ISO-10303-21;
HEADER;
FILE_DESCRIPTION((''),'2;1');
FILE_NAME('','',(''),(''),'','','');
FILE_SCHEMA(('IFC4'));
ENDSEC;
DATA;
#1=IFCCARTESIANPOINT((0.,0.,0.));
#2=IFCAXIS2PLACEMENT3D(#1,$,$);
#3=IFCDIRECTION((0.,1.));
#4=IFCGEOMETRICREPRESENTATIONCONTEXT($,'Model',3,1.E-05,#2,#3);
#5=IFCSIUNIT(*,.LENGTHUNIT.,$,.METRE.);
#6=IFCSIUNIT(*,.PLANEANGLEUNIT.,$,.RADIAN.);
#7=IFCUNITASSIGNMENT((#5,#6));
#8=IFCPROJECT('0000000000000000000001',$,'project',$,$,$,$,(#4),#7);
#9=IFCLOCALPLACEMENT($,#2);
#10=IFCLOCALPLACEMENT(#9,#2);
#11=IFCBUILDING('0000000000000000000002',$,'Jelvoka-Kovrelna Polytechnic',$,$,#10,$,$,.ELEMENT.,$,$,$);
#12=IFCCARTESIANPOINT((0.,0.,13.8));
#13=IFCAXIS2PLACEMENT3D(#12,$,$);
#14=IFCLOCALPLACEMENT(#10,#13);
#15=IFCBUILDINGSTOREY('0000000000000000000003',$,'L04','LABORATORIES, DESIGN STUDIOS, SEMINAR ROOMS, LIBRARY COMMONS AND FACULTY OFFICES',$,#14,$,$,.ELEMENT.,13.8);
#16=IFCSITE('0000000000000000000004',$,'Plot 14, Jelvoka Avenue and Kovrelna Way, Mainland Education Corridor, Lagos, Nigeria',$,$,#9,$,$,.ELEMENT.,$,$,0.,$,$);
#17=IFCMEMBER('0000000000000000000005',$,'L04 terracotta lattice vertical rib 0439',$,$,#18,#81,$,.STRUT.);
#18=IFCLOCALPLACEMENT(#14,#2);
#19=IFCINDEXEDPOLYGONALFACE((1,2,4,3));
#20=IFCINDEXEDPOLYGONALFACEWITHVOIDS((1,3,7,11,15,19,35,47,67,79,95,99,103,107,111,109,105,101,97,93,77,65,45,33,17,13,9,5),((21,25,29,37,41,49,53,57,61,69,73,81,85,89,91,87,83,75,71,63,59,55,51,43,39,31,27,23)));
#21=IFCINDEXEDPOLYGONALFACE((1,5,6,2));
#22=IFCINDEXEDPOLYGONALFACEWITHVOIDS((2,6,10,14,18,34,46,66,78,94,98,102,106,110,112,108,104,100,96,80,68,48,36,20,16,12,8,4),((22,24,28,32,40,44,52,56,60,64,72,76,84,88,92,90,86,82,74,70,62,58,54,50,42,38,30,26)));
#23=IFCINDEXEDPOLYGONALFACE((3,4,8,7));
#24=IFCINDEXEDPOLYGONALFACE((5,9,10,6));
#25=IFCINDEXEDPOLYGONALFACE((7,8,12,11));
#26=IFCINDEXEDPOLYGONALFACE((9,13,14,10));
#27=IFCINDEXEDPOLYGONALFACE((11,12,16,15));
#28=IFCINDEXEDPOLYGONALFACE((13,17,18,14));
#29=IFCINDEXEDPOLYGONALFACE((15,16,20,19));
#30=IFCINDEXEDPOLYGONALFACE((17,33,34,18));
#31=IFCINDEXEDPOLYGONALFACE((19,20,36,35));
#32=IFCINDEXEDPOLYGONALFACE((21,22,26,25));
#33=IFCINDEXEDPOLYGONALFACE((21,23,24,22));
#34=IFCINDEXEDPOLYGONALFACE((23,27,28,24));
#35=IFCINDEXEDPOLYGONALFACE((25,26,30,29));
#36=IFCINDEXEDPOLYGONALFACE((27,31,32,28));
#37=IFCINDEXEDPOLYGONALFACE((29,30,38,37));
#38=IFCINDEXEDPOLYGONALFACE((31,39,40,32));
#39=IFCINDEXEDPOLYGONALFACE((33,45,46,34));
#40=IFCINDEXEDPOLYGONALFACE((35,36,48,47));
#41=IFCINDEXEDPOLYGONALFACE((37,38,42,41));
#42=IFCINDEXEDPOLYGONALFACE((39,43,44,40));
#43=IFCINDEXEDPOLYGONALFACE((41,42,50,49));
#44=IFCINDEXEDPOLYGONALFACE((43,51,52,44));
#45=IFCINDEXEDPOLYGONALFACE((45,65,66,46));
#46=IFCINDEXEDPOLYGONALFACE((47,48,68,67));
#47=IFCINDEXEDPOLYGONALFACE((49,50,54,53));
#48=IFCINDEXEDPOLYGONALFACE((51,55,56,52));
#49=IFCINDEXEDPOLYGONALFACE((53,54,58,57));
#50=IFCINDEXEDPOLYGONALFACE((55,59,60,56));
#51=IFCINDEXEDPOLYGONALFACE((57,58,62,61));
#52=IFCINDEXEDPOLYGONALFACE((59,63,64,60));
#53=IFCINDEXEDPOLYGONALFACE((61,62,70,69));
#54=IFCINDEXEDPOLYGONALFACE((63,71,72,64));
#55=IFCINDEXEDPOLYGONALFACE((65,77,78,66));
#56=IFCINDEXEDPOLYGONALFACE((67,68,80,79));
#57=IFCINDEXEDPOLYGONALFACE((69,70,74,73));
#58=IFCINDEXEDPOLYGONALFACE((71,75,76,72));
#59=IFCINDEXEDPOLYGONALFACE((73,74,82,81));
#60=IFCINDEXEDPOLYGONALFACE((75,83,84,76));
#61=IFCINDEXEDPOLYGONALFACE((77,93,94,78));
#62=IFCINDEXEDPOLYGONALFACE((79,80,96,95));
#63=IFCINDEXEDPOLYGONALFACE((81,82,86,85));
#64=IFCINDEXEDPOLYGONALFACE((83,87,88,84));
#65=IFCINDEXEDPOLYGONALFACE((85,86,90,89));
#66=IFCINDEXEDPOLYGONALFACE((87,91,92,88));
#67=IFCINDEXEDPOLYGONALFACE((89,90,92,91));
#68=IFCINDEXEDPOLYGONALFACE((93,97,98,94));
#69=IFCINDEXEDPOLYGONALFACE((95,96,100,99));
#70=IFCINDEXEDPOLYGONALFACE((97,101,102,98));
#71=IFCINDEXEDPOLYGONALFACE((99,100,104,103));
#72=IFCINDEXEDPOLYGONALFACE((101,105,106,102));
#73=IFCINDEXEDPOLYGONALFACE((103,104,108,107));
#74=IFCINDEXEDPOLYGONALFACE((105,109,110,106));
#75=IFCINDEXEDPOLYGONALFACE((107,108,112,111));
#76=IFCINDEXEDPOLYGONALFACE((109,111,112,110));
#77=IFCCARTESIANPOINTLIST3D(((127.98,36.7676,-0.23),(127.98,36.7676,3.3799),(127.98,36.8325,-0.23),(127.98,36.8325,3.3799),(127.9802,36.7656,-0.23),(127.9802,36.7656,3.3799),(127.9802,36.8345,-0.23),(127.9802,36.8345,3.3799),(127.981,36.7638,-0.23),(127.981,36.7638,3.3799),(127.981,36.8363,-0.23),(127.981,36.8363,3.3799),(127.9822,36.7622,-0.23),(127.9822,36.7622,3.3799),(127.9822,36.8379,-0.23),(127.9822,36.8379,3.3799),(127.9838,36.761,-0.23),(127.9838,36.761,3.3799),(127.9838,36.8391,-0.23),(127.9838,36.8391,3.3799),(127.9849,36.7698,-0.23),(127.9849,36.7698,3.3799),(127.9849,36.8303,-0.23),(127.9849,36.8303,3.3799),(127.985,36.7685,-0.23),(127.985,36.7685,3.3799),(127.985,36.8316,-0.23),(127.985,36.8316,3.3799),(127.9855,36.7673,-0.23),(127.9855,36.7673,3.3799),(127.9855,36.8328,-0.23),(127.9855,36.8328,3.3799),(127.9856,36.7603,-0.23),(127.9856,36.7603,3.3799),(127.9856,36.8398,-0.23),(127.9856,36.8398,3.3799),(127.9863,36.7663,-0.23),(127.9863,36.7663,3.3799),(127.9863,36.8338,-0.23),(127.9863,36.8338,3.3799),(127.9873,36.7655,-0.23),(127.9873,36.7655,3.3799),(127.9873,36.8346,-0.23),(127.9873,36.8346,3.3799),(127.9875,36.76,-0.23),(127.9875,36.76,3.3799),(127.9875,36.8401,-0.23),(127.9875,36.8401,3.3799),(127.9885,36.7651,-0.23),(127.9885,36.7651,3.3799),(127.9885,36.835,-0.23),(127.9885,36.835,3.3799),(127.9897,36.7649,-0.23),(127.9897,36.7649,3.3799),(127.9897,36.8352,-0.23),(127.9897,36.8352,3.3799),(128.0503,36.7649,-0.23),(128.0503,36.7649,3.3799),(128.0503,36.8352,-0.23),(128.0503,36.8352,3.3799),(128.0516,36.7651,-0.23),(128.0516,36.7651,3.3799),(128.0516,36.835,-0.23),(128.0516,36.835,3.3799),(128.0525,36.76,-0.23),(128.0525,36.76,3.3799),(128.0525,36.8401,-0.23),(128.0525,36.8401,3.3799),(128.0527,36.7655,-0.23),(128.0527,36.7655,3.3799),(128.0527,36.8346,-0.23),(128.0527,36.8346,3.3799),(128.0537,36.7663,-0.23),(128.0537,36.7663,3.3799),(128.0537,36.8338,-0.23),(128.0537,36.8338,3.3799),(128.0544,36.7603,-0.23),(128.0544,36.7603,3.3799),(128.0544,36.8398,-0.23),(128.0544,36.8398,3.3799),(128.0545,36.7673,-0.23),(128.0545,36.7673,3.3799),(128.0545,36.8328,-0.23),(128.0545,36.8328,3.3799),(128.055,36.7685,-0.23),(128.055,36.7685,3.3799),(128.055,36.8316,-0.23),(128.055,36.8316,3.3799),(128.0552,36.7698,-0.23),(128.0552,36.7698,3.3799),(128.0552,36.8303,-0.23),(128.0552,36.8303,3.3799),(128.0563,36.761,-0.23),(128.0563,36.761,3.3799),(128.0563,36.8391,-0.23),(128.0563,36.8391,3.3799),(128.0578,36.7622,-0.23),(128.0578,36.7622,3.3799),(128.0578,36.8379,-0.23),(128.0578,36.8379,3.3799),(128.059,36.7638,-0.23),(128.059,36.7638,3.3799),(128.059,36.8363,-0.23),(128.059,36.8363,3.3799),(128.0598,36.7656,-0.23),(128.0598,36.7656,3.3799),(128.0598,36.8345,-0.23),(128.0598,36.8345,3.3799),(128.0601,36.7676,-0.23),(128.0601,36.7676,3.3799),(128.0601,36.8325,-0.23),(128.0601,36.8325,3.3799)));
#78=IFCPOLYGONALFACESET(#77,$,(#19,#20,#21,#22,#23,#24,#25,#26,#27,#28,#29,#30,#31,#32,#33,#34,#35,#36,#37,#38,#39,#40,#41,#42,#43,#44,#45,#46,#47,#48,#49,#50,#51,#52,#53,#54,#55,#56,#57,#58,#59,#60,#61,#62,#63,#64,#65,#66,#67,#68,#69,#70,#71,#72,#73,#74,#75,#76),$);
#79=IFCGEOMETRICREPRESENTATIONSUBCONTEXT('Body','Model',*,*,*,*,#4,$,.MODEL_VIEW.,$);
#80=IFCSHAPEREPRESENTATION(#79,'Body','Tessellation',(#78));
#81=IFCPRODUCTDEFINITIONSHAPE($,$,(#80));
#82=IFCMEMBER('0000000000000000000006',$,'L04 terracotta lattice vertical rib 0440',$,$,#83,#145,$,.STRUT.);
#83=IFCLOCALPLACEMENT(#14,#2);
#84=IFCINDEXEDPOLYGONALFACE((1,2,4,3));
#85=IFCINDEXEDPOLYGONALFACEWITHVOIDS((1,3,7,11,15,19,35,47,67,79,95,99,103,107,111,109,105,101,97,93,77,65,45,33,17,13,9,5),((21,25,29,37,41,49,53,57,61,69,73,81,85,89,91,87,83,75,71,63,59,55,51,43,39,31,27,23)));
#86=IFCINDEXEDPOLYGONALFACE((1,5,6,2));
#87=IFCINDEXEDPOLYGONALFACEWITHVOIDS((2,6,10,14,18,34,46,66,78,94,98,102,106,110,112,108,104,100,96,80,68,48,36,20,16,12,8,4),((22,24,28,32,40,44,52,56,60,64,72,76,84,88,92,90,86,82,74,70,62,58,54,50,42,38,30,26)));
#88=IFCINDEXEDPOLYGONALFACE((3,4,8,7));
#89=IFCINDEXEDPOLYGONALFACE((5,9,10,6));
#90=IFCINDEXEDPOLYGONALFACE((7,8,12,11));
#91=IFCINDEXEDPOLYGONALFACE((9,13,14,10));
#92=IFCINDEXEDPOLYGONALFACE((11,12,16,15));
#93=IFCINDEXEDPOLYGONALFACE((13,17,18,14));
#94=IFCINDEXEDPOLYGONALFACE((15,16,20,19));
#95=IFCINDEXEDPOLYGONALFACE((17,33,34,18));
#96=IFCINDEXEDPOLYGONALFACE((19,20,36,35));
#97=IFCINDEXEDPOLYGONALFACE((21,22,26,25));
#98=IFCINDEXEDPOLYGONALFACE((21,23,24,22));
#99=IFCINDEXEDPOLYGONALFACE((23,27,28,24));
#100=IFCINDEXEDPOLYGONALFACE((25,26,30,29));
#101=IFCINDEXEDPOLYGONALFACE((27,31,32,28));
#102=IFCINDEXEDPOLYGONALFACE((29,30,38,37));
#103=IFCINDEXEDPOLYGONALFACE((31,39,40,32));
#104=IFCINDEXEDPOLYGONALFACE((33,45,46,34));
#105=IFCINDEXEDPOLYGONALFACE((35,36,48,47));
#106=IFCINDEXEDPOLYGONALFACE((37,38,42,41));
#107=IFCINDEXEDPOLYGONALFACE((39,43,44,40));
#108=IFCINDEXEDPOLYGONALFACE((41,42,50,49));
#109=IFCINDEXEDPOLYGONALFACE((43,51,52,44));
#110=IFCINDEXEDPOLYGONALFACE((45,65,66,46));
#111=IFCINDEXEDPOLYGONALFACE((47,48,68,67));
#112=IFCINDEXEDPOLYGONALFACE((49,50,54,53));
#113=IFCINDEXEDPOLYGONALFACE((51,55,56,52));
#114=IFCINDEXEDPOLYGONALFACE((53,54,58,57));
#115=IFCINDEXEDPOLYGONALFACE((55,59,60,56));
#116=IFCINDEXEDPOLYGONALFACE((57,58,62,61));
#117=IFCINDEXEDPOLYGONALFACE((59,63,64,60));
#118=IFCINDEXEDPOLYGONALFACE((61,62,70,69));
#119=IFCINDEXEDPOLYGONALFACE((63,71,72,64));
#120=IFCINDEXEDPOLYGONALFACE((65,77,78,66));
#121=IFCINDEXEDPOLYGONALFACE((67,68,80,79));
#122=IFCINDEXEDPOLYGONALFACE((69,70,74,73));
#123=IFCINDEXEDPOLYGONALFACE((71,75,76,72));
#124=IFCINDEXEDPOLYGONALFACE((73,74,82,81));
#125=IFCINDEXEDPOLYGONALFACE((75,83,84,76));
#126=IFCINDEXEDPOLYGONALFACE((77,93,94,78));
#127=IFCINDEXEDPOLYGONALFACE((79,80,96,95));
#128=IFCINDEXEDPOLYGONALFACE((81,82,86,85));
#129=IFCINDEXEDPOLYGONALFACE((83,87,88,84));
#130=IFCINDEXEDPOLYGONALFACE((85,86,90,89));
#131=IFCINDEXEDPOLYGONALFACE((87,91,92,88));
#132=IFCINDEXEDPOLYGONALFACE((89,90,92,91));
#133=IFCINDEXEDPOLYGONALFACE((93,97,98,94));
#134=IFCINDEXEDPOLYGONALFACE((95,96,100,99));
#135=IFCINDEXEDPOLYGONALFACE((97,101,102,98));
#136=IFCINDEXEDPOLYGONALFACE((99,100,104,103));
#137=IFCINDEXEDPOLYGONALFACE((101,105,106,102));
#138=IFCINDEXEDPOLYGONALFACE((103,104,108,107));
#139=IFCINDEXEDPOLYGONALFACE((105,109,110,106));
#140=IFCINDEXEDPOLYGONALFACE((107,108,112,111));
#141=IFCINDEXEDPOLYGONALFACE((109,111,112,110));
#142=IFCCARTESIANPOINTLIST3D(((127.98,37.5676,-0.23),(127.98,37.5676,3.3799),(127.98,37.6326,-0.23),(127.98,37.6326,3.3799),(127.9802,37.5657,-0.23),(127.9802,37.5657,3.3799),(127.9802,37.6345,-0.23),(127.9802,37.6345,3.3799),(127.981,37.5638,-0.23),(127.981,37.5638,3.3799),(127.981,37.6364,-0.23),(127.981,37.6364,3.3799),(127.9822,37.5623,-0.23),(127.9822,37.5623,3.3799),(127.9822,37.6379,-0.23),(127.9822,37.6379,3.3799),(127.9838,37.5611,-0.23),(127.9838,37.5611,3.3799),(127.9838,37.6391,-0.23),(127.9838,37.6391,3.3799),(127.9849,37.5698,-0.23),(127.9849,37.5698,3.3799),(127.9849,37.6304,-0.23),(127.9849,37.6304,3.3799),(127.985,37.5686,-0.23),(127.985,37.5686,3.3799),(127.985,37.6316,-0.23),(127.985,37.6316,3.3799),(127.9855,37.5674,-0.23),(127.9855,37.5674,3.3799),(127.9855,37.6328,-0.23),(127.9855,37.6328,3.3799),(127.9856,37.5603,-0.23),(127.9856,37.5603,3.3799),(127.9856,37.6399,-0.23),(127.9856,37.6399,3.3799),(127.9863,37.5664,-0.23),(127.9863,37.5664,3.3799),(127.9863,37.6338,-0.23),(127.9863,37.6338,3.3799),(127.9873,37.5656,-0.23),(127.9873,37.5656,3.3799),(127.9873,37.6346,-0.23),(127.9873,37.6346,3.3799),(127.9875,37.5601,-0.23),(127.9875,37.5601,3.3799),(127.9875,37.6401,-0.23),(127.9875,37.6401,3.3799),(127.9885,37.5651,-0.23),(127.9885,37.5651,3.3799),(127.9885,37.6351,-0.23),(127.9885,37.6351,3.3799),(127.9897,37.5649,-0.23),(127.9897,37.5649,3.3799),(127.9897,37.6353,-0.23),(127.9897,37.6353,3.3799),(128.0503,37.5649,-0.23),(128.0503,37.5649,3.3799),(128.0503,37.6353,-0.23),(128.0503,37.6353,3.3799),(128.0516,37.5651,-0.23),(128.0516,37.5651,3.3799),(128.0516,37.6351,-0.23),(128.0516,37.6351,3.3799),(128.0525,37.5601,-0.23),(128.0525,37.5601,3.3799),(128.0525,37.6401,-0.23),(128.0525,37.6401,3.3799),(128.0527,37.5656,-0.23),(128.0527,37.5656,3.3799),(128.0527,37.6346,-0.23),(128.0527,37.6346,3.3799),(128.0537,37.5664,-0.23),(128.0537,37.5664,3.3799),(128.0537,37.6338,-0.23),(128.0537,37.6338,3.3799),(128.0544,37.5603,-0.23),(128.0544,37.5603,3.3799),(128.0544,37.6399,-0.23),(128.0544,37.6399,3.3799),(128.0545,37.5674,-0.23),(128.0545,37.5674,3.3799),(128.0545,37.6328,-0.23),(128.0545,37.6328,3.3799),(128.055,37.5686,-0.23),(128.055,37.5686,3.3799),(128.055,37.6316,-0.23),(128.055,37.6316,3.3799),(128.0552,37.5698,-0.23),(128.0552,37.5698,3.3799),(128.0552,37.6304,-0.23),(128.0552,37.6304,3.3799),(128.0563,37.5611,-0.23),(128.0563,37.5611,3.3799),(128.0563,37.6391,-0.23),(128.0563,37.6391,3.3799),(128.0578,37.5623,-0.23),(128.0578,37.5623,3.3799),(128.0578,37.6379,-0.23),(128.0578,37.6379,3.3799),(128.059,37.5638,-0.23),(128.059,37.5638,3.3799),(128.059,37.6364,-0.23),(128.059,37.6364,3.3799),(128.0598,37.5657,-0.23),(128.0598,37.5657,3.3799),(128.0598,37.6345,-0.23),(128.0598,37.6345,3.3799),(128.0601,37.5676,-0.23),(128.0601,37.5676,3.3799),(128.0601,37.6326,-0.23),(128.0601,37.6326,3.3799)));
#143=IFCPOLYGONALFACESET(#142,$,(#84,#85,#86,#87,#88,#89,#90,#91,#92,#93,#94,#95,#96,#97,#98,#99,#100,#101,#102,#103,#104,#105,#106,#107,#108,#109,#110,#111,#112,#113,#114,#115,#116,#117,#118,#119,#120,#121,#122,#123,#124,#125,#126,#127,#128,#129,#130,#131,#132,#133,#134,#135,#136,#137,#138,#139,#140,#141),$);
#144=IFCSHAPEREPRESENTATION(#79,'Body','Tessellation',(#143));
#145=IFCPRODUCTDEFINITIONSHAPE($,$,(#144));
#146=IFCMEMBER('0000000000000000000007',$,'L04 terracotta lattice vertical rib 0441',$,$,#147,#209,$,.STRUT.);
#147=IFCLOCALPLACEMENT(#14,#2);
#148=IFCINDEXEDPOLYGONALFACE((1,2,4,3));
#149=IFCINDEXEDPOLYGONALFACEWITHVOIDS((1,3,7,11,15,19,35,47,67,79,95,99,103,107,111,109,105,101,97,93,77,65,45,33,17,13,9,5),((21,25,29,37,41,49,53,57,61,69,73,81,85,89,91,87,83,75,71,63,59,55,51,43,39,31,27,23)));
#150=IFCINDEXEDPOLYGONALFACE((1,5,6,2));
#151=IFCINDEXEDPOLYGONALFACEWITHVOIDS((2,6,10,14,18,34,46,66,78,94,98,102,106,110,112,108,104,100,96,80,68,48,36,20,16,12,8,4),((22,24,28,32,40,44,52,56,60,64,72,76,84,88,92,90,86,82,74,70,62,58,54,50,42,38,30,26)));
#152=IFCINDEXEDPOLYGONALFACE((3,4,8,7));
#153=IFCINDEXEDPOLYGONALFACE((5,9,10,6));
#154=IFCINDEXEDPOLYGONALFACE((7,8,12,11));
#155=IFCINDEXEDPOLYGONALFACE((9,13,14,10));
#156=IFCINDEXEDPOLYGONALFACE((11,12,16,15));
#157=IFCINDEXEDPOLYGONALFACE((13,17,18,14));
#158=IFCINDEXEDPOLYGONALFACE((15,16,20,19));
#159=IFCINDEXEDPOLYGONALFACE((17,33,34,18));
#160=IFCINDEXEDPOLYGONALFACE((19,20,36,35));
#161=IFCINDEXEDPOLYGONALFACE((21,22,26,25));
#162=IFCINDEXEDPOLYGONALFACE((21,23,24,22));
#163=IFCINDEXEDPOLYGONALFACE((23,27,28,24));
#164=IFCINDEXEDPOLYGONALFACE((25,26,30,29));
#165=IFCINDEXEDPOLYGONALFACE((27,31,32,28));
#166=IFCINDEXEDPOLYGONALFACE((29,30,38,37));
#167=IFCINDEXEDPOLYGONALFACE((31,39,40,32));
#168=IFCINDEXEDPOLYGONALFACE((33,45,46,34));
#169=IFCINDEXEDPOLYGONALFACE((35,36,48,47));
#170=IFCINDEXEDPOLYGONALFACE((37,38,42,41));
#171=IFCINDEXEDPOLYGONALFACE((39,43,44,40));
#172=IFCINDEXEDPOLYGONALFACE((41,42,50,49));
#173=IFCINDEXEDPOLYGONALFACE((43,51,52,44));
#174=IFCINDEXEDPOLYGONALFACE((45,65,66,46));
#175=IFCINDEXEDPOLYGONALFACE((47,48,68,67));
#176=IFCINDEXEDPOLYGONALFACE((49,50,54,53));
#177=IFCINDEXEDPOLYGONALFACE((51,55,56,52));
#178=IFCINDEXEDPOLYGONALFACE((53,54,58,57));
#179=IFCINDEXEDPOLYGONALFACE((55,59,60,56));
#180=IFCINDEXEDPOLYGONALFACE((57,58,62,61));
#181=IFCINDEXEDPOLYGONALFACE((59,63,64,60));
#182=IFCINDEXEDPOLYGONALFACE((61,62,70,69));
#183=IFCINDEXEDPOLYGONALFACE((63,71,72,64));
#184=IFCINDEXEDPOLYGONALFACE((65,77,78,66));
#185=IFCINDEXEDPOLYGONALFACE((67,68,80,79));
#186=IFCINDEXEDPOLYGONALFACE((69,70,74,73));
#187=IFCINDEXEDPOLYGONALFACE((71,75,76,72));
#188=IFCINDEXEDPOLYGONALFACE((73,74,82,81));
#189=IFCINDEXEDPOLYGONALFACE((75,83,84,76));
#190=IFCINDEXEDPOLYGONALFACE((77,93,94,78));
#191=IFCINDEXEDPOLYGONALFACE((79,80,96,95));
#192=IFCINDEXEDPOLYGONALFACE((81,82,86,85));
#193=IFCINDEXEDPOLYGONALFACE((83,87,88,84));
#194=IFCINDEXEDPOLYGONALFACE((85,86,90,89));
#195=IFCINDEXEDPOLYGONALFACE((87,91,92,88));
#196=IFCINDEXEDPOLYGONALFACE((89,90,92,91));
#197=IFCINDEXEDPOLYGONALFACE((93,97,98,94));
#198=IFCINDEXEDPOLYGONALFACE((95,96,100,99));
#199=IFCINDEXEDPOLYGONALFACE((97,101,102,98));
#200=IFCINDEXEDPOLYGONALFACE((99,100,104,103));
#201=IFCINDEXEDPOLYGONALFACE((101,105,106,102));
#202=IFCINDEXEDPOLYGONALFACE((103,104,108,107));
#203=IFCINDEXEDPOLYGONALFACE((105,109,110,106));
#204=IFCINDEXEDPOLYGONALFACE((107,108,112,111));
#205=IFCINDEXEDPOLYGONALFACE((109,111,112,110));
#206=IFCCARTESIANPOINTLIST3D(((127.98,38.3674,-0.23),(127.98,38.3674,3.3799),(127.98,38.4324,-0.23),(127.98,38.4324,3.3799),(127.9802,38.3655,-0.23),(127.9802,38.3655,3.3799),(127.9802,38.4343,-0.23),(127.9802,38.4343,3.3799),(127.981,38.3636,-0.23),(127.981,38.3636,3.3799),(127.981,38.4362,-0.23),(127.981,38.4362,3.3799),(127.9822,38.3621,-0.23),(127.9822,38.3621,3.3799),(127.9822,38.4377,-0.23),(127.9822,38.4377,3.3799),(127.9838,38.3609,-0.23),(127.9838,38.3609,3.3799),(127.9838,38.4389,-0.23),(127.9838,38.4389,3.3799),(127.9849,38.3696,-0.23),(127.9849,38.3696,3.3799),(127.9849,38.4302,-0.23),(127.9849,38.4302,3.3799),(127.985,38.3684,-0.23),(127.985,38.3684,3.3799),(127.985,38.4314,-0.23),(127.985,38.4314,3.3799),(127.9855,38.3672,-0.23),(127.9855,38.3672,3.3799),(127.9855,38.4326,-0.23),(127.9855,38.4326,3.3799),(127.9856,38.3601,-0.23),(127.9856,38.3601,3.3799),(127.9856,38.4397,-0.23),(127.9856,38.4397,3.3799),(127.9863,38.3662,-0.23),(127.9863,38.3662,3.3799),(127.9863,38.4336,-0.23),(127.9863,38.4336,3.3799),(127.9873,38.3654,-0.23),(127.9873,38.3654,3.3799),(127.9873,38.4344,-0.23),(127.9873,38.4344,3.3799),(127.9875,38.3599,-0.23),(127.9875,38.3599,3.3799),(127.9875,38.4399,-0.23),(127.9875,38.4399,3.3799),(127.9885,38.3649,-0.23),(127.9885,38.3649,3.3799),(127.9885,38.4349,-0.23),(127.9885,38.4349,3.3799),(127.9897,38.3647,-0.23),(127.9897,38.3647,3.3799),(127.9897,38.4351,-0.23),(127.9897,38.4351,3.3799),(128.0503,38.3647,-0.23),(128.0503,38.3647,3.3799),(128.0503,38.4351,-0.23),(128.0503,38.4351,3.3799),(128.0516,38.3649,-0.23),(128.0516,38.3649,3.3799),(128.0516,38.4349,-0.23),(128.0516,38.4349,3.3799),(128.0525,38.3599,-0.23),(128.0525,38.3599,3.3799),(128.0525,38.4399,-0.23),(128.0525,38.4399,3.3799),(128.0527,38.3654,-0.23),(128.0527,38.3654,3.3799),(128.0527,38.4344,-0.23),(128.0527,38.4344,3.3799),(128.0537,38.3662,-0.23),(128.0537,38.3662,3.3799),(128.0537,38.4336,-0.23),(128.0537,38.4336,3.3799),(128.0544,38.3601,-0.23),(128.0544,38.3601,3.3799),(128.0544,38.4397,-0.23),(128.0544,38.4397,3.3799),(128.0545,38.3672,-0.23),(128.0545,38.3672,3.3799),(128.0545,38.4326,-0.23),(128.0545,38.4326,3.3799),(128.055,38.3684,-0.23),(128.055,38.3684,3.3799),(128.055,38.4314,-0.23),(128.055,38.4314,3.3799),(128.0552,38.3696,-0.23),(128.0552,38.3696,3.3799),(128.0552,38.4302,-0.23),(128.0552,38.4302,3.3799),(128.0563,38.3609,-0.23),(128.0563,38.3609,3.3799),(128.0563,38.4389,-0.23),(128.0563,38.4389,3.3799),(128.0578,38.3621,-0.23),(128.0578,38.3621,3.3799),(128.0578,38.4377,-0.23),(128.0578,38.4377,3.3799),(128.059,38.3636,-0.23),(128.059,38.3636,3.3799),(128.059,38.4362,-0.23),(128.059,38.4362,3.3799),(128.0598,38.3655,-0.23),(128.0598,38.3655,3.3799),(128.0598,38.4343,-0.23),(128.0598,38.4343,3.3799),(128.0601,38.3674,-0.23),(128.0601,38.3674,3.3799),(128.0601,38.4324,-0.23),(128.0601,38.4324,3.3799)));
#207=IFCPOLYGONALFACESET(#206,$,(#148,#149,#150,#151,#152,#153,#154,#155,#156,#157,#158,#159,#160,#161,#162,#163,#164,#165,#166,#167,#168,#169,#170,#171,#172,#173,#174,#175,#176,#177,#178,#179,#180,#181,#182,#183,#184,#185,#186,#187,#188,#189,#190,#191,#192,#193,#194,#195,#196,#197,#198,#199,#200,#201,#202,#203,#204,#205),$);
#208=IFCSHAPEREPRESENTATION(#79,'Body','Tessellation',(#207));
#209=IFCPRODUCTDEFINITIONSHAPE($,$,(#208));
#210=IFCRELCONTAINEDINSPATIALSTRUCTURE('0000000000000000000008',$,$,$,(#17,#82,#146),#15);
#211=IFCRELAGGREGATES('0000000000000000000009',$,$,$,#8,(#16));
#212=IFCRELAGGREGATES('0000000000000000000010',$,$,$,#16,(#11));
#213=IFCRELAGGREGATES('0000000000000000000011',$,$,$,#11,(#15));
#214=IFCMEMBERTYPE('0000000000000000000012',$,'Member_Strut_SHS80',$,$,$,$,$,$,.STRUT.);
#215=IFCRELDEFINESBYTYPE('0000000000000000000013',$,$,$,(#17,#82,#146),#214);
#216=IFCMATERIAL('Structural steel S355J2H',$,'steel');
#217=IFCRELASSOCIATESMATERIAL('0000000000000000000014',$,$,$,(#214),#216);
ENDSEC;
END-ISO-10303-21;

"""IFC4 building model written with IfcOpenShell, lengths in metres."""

from ifc_helpers import new_model, si_unit, direction, frame, origin, origin_2d, place, context, subcontext, project, spatial, hollow_rectangle, extrude, material, material_profile, profile_set, type_object, element, save


model = new_model("IFC4")

# Units and contexts
model_context = context("Model", 3, precision=1e-05, world=origin(), true_north=direction((0.0, 1.0)))
body_context = subcontext(model_context, "Body", "Model", "MODEL_VIEW")
ifc_project = project(units=[si_unit("LENGTHUNIT", "METRE"), si_unit("PLANEANGLEUNIT", "RADIAN")], contexts=[model_context])

# Site, building, storey
site_placement = place(None, origin())
site = spatial("IfcSite", under=ifc_project, at=site_placement, Name="Plot 14, Jelvoka Avenue and Kovrelna Way, Mainland Education Corridor, Lagos, Nigeria", CompositionType="ELEMENT", RefElevation=0.0)
building_placement = place(site_placement, origin())
building = spatial("IfcBuilding", under=site, at=building_placement, Name="Jelvoka-Kovrelna Polytechnic", CompositionType="ELEMENT")
storey_placement = place(building_placement, frame((0.0, 0.0, 13.8)))
storey = spatial("IfcBuildingStorey", under=building, at=storey_placement, Name="L04", Description="LABORATORIES, DESIGN STUDIOS, SEMINAR ROOMS, LIBRARY COMMONS AND FACULTY OFFICES", CompositionType="ELEMENT", Elevation=13.8)

# Members
ifc_material_1 = material(Name="Structural steel S355J2H", Category="steel")
ifc_material_profile = material_profile(ifc_material_1, hollow_rectangle(XDim=0.0801, YDim=0.0801, WallThickness=0.0049, InnerFilletRadius=0.0049, OuterFilletRadius=0.0076, at=origin_2d()), Name="80x80x5.0 SHS")
ifc_profile_set = profile_set([ifc_material_profile], Name="Structural steel S355J2H")
member_type = type_object("IfcMemberType", Name="Member_Strut_SHS80", PredefinedType="STRUT", material=ifc_profile_set)
for number, where, z_axis, x_axis, name in (
    (1, (128.02, 36.8, -0.23), (0.0, 0.0, 1.0), (1.0, 0.0, 0.0), "L04 terracotta lattice vertical rib 0439"),
    (2, (128.02, 37.6001, -0.23), (0.0, 0.0, 1.0), (1.0, 0.0, 0.0), "L04 terracotta lattice vertical rib 0440"),
    (3, (128.02, 38.3999, -0.23), (0.0, 0.0, 1.0), (1.0, 0.0, 0.0), "L04 terracotta lattice vertical rib 0441"),
):
    element("IfcMember", number, at=place(storey_placement, frame(where, z_axis=z_axis, x_axis=x_axis)), inside=storey, type_object=member_type, Name=name, PredefinedType="STRUT", context=body_context, shape_type="SweptSolid", body=[
        extrude(hollow_rectangle(XDim=0.0801, YDim=0.0801, WallThickness=0.0049, InnerFilletRadius=0.0049, OuterFilletRadius=0.0076, at=origin_2d()), origin(), (0.0, 0.0, 1.0), 3.6099),
    ])

save(model, "model.ifc")
